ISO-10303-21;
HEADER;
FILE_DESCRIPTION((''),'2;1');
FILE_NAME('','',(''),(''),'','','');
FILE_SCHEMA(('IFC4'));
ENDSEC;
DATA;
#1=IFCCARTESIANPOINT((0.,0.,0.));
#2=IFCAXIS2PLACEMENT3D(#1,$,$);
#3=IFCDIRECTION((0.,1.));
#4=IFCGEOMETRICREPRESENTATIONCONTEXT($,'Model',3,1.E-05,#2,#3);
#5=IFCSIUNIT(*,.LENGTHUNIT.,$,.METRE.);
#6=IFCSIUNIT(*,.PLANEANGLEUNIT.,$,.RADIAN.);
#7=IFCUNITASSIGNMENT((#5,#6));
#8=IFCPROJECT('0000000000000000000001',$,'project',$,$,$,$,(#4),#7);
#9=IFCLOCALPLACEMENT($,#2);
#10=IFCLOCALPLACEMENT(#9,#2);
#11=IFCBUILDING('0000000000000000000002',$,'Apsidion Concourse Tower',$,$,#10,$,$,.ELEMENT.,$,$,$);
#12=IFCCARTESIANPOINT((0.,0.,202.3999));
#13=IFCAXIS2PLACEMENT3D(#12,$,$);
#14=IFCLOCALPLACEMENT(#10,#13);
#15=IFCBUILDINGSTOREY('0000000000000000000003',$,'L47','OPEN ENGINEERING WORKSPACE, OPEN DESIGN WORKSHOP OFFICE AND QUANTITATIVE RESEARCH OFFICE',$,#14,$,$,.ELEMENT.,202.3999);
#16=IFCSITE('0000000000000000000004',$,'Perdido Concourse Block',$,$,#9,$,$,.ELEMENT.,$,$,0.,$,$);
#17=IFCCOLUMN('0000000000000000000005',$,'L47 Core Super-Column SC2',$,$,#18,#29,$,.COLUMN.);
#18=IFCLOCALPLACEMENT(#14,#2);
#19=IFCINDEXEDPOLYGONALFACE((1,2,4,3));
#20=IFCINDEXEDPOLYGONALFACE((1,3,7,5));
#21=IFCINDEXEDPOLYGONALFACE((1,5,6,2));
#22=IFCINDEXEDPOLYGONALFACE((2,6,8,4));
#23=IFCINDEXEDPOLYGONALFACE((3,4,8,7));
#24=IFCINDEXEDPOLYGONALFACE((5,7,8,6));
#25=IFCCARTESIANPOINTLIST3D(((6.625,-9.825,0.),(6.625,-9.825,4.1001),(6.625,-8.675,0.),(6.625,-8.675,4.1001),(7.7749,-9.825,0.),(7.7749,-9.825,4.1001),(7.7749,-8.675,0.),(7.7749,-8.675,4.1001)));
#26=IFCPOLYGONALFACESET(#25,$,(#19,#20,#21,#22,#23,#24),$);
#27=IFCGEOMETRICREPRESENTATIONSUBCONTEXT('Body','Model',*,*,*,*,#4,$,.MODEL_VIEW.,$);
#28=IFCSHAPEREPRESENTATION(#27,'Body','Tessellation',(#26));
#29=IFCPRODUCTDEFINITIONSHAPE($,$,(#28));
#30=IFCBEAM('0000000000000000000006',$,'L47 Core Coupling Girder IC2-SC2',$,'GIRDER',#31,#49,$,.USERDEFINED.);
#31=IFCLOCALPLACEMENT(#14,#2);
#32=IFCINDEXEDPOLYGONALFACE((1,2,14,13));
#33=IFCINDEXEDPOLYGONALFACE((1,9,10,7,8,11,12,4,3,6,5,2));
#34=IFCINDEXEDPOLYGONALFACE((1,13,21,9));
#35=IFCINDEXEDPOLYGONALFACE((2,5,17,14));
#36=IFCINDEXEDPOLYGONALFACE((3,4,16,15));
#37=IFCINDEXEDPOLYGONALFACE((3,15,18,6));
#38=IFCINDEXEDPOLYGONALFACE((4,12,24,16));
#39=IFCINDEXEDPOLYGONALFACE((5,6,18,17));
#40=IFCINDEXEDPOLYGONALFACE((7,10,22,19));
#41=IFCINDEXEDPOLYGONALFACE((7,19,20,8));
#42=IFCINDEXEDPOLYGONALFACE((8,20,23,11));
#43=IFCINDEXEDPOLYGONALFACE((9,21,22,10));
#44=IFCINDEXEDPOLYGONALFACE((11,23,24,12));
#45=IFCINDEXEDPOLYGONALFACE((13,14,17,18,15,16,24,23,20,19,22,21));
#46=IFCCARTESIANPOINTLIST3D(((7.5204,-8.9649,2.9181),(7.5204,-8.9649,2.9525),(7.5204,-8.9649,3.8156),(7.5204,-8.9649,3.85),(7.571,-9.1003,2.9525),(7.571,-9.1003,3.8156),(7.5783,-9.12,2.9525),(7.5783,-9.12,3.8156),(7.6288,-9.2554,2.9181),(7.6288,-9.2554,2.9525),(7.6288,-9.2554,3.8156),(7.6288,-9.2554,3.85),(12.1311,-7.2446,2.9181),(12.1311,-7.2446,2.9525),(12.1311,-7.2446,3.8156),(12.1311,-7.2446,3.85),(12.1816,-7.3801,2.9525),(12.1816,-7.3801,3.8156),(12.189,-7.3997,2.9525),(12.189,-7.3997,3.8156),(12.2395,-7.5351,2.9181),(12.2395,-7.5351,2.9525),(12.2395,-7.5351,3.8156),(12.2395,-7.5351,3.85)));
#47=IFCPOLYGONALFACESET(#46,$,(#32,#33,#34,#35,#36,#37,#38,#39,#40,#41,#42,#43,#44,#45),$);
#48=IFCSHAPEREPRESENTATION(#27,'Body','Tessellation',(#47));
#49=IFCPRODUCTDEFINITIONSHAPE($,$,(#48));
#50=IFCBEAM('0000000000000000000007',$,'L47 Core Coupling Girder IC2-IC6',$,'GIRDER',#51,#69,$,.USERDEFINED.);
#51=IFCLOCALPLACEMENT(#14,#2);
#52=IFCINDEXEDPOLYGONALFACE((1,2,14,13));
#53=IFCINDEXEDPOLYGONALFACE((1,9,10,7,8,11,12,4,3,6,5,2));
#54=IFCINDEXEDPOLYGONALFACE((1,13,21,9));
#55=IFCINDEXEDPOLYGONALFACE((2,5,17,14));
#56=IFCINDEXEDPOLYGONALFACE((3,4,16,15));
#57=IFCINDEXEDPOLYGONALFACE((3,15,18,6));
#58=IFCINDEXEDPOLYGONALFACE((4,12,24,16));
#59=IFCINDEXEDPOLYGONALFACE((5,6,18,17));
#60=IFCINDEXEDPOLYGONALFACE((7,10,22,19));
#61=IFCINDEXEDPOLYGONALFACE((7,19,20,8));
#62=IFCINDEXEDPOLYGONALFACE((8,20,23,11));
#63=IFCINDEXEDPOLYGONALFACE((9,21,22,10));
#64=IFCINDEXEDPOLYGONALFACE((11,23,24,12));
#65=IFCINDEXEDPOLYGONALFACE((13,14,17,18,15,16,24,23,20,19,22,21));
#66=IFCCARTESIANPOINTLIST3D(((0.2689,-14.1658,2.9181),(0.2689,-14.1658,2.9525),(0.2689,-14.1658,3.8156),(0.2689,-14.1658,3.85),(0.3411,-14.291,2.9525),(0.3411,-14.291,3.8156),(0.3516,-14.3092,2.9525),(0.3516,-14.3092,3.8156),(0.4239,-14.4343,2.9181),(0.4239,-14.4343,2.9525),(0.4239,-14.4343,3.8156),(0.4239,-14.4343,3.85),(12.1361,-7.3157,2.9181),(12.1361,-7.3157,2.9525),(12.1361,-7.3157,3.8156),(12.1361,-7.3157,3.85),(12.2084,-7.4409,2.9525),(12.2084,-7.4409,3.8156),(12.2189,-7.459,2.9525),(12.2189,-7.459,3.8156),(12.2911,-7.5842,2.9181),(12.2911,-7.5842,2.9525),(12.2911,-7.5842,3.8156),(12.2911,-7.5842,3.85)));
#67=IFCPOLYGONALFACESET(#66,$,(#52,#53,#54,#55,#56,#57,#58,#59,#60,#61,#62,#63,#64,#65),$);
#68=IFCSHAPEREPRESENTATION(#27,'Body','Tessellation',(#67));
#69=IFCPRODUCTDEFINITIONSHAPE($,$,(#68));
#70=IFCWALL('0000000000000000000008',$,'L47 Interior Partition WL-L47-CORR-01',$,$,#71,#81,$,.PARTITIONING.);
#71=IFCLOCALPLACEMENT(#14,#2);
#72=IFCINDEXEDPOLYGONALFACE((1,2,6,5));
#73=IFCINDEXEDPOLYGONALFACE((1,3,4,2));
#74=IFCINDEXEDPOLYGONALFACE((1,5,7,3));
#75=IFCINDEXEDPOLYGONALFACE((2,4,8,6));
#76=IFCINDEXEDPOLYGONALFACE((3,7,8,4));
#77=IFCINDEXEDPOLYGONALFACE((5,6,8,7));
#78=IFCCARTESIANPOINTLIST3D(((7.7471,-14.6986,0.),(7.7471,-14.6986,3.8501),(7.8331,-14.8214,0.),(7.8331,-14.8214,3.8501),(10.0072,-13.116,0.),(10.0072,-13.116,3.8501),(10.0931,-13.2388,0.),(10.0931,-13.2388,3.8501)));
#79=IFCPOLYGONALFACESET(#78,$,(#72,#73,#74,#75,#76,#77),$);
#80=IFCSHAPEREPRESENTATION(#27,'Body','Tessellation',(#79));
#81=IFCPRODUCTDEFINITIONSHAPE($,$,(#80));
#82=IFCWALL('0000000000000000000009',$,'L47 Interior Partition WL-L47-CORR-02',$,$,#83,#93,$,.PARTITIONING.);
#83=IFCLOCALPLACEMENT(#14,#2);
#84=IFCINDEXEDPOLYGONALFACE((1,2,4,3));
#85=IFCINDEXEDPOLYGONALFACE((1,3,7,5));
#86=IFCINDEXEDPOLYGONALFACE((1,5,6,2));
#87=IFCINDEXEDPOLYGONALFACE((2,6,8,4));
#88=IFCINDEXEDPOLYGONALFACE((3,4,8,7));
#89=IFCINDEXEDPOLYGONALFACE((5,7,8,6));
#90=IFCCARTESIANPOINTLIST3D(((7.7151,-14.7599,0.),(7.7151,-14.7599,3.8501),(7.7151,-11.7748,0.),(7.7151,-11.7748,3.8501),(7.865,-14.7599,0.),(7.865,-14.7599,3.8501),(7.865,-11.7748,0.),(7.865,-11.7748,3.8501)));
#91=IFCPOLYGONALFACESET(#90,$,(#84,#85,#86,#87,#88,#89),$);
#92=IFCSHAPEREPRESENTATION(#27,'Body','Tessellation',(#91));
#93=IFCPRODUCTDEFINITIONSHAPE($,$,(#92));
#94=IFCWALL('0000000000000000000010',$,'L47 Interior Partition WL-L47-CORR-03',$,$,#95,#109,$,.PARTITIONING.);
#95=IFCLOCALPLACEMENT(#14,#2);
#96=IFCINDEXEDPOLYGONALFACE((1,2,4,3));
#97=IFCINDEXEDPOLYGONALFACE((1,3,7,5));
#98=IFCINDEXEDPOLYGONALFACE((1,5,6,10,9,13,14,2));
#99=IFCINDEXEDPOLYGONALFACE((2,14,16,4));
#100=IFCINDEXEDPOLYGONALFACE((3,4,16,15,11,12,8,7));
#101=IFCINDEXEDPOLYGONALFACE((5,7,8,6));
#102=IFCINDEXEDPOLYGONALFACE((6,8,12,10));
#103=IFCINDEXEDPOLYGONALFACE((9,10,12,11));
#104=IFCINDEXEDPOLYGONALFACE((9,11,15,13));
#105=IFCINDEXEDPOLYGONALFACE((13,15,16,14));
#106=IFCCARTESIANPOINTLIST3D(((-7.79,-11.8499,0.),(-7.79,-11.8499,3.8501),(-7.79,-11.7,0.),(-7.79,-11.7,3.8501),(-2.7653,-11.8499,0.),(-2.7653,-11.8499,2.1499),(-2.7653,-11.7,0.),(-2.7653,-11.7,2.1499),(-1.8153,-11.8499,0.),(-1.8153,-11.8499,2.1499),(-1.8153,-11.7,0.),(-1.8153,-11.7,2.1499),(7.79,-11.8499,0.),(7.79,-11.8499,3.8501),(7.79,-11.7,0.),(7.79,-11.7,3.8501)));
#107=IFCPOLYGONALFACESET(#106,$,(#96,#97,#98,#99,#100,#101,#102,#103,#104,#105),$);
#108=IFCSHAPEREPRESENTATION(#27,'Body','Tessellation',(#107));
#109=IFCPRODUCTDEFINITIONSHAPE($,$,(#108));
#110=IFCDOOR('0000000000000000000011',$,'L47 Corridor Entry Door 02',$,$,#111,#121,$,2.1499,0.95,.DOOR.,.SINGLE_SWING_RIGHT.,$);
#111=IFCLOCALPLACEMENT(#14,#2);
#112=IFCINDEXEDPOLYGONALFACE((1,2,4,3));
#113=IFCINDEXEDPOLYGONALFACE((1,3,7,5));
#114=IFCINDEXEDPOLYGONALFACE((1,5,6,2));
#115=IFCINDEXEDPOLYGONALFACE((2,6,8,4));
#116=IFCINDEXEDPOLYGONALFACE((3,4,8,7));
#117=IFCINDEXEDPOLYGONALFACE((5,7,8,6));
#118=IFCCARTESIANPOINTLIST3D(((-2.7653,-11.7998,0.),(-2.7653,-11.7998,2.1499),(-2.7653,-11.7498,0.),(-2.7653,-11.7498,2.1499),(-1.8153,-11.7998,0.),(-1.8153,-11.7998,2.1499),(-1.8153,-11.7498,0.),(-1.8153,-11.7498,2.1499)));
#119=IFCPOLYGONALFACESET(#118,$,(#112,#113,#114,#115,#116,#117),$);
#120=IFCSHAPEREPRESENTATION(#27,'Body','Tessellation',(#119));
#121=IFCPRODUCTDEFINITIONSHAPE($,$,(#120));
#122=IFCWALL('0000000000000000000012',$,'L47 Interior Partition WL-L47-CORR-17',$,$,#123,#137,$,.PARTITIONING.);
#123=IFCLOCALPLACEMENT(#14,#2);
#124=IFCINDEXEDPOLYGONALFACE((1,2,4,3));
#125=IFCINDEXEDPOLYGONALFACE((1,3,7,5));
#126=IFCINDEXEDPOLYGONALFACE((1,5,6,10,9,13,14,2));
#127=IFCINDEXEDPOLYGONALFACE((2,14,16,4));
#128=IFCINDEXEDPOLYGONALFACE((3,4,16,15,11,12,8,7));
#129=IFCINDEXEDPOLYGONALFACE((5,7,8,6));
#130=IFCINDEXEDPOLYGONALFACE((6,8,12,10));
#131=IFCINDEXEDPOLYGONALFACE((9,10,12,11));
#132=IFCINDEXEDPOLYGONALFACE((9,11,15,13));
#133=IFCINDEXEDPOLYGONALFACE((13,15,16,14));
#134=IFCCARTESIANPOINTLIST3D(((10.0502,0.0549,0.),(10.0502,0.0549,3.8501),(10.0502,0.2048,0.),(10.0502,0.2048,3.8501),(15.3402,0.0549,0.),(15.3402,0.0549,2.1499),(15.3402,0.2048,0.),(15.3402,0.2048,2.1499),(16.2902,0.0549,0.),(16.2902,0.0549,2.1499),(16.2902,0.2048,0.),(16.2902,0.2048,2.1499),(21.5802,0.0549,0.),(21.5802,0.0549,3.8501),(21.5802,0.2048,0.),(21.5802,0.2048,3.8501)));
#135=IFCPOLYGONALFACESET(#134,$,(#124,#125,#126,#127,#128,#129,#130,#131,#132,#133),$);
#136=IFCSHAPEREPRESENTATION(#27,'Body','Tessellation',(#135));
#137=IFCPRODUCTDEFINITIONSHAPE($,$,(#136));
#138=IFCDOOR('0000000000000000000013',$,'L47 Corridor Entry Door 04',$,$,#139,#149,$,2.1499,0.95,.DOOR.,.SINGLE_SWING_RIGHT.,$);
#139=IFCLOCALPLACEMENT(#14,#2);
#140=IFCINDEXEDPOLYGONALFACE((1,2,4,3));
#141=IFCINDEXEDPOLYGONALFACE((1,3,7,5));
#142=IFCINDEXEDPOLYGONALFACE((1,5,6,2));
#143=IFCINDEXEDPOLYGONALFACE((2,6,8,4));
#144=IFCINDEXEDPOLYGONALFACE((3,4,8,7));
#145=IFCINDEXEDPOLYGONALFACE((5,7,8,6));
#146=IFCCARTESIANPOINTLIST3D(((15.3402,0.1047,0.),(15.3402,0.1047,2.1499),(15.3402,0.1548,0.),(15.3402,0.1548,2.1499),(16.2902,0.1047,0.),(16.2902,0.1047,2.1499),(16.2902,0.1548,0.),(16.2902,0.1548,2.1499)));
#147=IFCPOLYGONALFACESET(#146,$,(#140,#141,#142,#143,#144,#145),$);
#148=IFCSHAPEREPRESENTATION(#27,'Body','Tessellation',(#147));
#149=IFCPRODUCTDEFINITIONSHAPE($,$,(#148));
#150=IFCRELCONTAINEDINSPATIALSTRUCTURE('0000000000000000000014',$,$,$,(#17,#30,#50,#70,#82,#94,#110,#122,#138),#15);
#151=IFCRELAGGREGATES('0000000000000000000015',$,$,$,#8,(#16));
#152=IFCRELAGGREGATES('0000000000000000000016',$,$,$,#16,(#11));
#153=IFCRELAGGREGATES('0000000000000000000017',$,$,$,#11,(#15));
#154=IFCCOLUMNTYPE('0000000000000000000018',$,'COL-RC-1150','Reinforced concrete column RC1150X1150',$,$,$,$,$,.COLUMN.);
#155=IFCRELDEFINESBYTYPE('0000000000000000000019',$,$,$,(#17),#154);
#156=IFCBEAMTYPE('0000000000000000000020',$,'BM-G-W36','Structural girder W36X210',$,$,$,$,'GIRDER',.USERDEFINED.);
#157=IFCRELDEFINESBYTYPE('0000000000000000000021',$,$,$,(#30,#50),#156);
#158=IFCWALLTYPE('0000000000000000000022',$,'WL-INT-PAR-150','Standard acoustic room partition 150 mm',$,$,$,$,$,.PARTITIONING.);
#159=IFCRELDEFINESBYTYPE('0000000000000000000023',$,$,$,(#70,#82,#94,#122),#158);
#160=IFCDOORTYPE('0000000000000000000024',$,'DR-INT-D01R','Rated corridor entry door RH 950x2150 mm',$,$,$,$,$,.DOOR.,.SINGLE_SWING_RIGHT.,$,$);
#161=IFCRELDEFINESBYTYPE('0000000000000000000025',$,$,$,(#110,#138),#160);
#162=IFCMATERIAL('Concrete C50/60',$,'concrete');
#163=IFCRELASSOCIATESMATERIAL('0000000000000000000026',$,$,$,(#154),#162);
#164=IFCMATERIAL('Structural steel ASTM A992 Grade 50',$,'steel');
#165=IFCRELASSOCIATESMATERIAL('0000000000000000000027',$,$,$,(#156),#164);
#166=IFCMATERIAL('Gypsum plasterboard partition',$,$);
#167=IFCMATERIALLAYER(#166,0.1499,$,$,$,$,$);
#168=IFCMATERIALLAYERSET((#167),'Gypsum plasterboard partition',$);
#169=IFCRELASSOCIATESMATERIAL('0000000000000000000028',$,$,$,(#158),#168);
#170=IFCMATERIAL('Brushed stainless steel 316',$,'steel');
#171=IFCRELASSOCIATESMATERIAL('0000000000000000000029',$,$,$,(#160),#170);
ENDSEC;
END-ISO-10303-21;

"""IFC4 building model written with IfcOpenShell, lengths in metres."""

from ifc_helpers import new_model, si_unit, direction, frame, frame_2d, origin, origin_2d, place, context, subcontext, project, spatial, rectangle, i_section, extrude, material, layer, layer_set, material_profile, profile_set, type_object, element, fill, save


model = new_model("IFC4")

# Units and contexts
model_context = context("Model", 3, precision=1e-05, world=origin(), true_north=direction((0.0, 1.0)))
body_context = subcontext(model_context, "Body", "Model", "MODEL_VIEW")
ifc_project = project(units=[si_unit("LENGTHUNIT", "METRE"), si_unit("PLANEANGLEUNIT", "RADIAN")], contexts=[model_context])

# Site, building, storey
site_placement = place(None, origin())
site = spatial("IfcSite", under=ifc_project, at=site_placement, Name="Perdido Concourse Block", CompositionType="ELEMENT", RefElevation=0.0)
building_placement = place(site_placement, origin())
building = spatial("IfcBuilding", under=site, at=building_placement, Name="Apsidion Concourse Tower", CompositionType="ELEMENT")
storey_placement = place(building_placement, frame((0.0, 0.0, 202.3999)))
storey = spatial("IfcBuildingStorey", under=building, at=storey_placement, Name="L47", Description="OPEN ENGINEERING WORKSPACE, OPEN DESIGN WORKSHOP OFFICE AND QUANTITATIVE RESEARCH OFFICE", CompositionType="ELEMENT", Elevation=202.3999)

# Column
ifc_material_1 = material(Name="Concrete C50/60", Category="concrete")
ifc_material_profile_1 = material_profile(ifc_material_1, rectangle(XDim=1.1499, YDim=1.1499, at=origin_2d()), Name="RC 1150x1150")
ifc_profile_set_1 = profile_set([ifc_material_profile_1], Name="Concrete C50/60")
column_type = type_object("IfcColumnType", Name="COL-RC-1150", Description="Reinforced concrete column RC1150X1150", PredefinedType="COLUMN", material=ifc_profile_set_1)
column_placement = place(storey_placement, frame((7.2, -9.25, 0.0), z_axis=(0.0, 0.0, 1.0), x_axis=(1.0, 0.0, 0.0)))
element("IfcColumn", 1, at=column_placement, inside=storey, type_object=column_type, Name="L47 Core Super-Column SC2", PredefinedType="COLUMN", context=body_context, shape_type="SweptSolid", body=[
    extrude(rectangle(XDim=1.1499, YDim=1.1499, at=origin_2d()), origin(), (0.0, 0.0, 1.0), 4.1001),
])

# Beams
ifc_material_2 = material(Name="Structural steel ASTM A992 Grade 50", Category="steel")
ifc_material_profile_2 = material_profile(ifc_material_2, i_section(OverallWidth=0.3101, OverallDepth=0.9319, WebThickness=0.021, FlangeThickness=0.0344, at=origin_2d()), Name="W36X210")
ifc_profile_set_2 = profile_set([ifc_material_profile_2], Name="Structural steel ASTM A992 Grade 50")
beam_type = type_object("IfcBeamType", Name="BM-G-W36", Description="Structural girder W36X210", ElementType="GIRDER", PredefinedType="USERDEFINED", material=ifc_profile_set_2)
beam_1_placement = place(storey_placement, frame((12.1853, -7.3899, 3.384), z_axis=(-0.936913, -0.349563, 0.0), x_axis=(0.349563, -0.936913, 0.0)))
element("IfcBeam", 2, at=beam_1_placement, inside=storey, type_object=beam_type, Name="L47 Core Coupling Girder IC2-SC2", ObjectType="GIRDER", PredefinedType="USERDEFINED", context=body_context, shape_type="SweptSolid", body=[
    extrude(i_section(OverallWidth=0.3101, OverallDepth=0.9319, WebThickness=0.021, FlangeThickness=0.0344, at=origin_2d()), origin(), (0.0, 0.0, 1.0), 4.9211),
])
beam_2_placement = place(storey_placement, frame((12.2136, -7.45, 3.384), z_axis=(-0.86607, -0.499922, 0.0), x_axis=(0.499922, -0.86607, 0.0)))
element("IfcBeam", 3, at=beam_2_placement, inside=storey, type_object=beam_type, Name="L47 Core Coupling Girder IC2-IC6", ObjectType="GIRDER", PredefinedType="USERDEFINED", context=body_context, shape_type="SweptSolid", body=[
    extrude(i_section(OverallWidth=0.3101, OverallDepth=0.9319, WebThickness=0.021, FlangeThickness=0.0344, at=origin_2d()), origin(), (0.0, 0.0, 1.0), 13.7024),
])

# Walls
ifc_material_3 = material(Name="Gypsum plasterboard partition")
ifc_layer_1 = layer(ifc_material_3, 0.1499)
ifc_layer_set_1 = layer_set([ifc_layer_1], Name="Gypsum plasterboard partition")
wall_type_1 = type_object("IfcWallType", Name="WL-INT-PAR-150", Description="Standard acoustic room partition 150 mm", PredefinedType="PARTITIONING", material=ifc_layer_set_1)
wall_1_placement = place(storey_placement, frame((10.05, -13.1775, 0.0), z_axis=(0.0, 0.0, 1.0), x_axis=(-0.819145, -0.573587, 0.0)))
element("IfcWall", 4, at=wall_1_placement, inside=storey, type_object=wall_type_1, Name="L47 Interior Partition WL-L47-CORR-01", PredefinedType="PARTITIONING", context=body_context, shape_type="SweptSolid", body=[
    extrude(rectangle(XDim=2.759, YDim=0.1499, at=frame_2d((1.3794, 0.0))), origin(), (0.0, 0.0, 1.0), 3.8501),
])
wall_2_placement = place(storey_placement, frame((7.79, -14.76, 0.0), z_axis=(0.0, 0.0, 1.0), x_axis=(0.0, 1.0, 0.0)))
element("IfcWall", 5, at=wall_2_placement, inside=storey, type_object=wall_type_1, Name="L47 Interior Partition WL-L47-CORR-02", PredefinedType="PARTITIONING", context=body_context, shape_type="SweptSolid", body=[
    extrude(rectangle(XDim=2.9851, YDim=0.1499, at=frame_2d((1.4927, 0.0))), origin(), (0.0, 0.0, 1.0), 3.8501),
])

# Walls, openings, doors
wall_3_placement = place(storey_placement, frame((7.79, -11.7749, 0.0), z_axis=(0.0, 0.0, 1.0), x_axis=(-1.0, 0.0, 0.0)))
wall_3 = element("IfcWall", 6, at=wall_3_placement, inside=storey, type_object=wall_type_1, Name="L47 Interior Partition WL-L47-CORR-03", PredefinedType="PARTITIONING", context=body_context, shape_type="SweptSolid", body=[
    extrude(rectangle(XDim=15.5801, YDim=0.1499, at=frame_2d((7.79, 0.0))), origin(), (0.0, 0.0, 1.0), 3.8501),
])
opening_1_placement = place(wall_3_placement, frame((9.6052, 0.0, 0.0)))
opening_1 = element("IfcOpeningElement", 7, at=opening_1_placement, cuts=wall_3, PredefinedType="OPENING", context=body_context, shape_type="SweptSolid", body=[
    extrude(rectangle(XDim=0.95, YDim=2.1499, at=frame_2d((0.4751, 1.075))), frame((0.0, 0.085, 0.0), z_axis=(0.0, -1.0, 0.0), x_axis=(1.0, 0.0, 0.0)), (0.0, 0.0, 1.0), 0.1699),
])
ifc_material_4 = material(Name="Brushed stainless steel 316", Category="steel")
door_type_1 = type_object("IfcDoorType", Name="DR-INT-D01R", Description="Rated corridor entry door RH 950x2150 mm", OperationType="SINGLE_SWING_RIGHT", PredefinedType="DOOR", material=ifc_material_4)
door_1_placement = place(opening_1_placement, origin())
door_1 = element("IfcDoor", 8, at=door_1_placement, inside=storey, type_object=door_type_1, Name="L47 Corridor Entry Door 02", OperationType="SINGLE_SWING_RIGHT", OverallHeight=2.1499, OverallWidth=0.95, PredefinedType="DOOR", context=body_context, shape_type="SweptSolid", body=[
    extrude(rectangle(XDim=0.95, YDim=2.1499, at=frame_2d((0.4751, 1.075))), frame((0.0, 0.0249, 0.0), z_axis=(0.0, -1.0, 0.0), x_axis=(1.0, 0.0, 0.0)), (0.0, 0.0, 1.0), 0.05),
])
fill(opening_1, door_1)
wall_4_placement = place(storey_placement, frame((10.05, 0.1299, 0.0), z_axis=(0.0, 0.0, 1.0), x_axis=(1.0, 0.0, 0.0)))
wall_4 = element("IfcWall", 9, at=wall_4_placement, inside=storey, type_object=wall_type_1, Name="L47 Interior Partition WL-L47-CORR-17", PredefinedType="PARTITIONING", context=body_context, shape_type="SweptSolid", body=[
    extrude(rectangle(XDim=11.53, YDim=0.1499, at=frame_2d((5.7651, 0.0))), origin(), (0.0, 0.0, 1.0), 3.8501),
])
opening_2_placement = place(wall_4_placement, frame((5.29, 0.0, 0.0)))
opening_2 = element("IfcOpeningElement", 10, at=opening_2_placement, cuts=wall_4, PredefinedType="OPENING", context=body_context, shape_type="SweptSolid", body=[
    extrude(rectangle(XDim=0.95, YDim=2.1499, at=frame_2d((0.4751, 1.075))), frame((0.0, 0.085, 0.0), z_axis=(0.0, -1.0, 0.0), x_axis=(1.0, 0.0, 0.0)), (0.0, 0.0, 1.0), 0.1699),
])
door_2_placement = place(opening_2_placement, origin())
door_2 = element("IfcDoor", 11, at=door_2_placement, inside=storey, type_object=door_type_1, Name="L47 Corridor Entry Door 04", OperationType="SINGLE_SWING_RIGHT", OverallHeight=2.1499, OverallWidth=0.95, PredefinedType="DOOR", context=body_context, shape_type="SweptSolid", body=[
    extrude(rectangle(XDim=0.95, YDim=2.1499, at=frame_2d((0.4751, 1.075))), frame((0.0, 0.0249, 0.0), z_axis=(0.0, -1.0, 0.0), x_axis=(1.0, 0.0, 0.0)), (0.0, 0.0, 1.0), 0.05),
])
fill(opening_2, door_2)

save(model, "model.ifc")
